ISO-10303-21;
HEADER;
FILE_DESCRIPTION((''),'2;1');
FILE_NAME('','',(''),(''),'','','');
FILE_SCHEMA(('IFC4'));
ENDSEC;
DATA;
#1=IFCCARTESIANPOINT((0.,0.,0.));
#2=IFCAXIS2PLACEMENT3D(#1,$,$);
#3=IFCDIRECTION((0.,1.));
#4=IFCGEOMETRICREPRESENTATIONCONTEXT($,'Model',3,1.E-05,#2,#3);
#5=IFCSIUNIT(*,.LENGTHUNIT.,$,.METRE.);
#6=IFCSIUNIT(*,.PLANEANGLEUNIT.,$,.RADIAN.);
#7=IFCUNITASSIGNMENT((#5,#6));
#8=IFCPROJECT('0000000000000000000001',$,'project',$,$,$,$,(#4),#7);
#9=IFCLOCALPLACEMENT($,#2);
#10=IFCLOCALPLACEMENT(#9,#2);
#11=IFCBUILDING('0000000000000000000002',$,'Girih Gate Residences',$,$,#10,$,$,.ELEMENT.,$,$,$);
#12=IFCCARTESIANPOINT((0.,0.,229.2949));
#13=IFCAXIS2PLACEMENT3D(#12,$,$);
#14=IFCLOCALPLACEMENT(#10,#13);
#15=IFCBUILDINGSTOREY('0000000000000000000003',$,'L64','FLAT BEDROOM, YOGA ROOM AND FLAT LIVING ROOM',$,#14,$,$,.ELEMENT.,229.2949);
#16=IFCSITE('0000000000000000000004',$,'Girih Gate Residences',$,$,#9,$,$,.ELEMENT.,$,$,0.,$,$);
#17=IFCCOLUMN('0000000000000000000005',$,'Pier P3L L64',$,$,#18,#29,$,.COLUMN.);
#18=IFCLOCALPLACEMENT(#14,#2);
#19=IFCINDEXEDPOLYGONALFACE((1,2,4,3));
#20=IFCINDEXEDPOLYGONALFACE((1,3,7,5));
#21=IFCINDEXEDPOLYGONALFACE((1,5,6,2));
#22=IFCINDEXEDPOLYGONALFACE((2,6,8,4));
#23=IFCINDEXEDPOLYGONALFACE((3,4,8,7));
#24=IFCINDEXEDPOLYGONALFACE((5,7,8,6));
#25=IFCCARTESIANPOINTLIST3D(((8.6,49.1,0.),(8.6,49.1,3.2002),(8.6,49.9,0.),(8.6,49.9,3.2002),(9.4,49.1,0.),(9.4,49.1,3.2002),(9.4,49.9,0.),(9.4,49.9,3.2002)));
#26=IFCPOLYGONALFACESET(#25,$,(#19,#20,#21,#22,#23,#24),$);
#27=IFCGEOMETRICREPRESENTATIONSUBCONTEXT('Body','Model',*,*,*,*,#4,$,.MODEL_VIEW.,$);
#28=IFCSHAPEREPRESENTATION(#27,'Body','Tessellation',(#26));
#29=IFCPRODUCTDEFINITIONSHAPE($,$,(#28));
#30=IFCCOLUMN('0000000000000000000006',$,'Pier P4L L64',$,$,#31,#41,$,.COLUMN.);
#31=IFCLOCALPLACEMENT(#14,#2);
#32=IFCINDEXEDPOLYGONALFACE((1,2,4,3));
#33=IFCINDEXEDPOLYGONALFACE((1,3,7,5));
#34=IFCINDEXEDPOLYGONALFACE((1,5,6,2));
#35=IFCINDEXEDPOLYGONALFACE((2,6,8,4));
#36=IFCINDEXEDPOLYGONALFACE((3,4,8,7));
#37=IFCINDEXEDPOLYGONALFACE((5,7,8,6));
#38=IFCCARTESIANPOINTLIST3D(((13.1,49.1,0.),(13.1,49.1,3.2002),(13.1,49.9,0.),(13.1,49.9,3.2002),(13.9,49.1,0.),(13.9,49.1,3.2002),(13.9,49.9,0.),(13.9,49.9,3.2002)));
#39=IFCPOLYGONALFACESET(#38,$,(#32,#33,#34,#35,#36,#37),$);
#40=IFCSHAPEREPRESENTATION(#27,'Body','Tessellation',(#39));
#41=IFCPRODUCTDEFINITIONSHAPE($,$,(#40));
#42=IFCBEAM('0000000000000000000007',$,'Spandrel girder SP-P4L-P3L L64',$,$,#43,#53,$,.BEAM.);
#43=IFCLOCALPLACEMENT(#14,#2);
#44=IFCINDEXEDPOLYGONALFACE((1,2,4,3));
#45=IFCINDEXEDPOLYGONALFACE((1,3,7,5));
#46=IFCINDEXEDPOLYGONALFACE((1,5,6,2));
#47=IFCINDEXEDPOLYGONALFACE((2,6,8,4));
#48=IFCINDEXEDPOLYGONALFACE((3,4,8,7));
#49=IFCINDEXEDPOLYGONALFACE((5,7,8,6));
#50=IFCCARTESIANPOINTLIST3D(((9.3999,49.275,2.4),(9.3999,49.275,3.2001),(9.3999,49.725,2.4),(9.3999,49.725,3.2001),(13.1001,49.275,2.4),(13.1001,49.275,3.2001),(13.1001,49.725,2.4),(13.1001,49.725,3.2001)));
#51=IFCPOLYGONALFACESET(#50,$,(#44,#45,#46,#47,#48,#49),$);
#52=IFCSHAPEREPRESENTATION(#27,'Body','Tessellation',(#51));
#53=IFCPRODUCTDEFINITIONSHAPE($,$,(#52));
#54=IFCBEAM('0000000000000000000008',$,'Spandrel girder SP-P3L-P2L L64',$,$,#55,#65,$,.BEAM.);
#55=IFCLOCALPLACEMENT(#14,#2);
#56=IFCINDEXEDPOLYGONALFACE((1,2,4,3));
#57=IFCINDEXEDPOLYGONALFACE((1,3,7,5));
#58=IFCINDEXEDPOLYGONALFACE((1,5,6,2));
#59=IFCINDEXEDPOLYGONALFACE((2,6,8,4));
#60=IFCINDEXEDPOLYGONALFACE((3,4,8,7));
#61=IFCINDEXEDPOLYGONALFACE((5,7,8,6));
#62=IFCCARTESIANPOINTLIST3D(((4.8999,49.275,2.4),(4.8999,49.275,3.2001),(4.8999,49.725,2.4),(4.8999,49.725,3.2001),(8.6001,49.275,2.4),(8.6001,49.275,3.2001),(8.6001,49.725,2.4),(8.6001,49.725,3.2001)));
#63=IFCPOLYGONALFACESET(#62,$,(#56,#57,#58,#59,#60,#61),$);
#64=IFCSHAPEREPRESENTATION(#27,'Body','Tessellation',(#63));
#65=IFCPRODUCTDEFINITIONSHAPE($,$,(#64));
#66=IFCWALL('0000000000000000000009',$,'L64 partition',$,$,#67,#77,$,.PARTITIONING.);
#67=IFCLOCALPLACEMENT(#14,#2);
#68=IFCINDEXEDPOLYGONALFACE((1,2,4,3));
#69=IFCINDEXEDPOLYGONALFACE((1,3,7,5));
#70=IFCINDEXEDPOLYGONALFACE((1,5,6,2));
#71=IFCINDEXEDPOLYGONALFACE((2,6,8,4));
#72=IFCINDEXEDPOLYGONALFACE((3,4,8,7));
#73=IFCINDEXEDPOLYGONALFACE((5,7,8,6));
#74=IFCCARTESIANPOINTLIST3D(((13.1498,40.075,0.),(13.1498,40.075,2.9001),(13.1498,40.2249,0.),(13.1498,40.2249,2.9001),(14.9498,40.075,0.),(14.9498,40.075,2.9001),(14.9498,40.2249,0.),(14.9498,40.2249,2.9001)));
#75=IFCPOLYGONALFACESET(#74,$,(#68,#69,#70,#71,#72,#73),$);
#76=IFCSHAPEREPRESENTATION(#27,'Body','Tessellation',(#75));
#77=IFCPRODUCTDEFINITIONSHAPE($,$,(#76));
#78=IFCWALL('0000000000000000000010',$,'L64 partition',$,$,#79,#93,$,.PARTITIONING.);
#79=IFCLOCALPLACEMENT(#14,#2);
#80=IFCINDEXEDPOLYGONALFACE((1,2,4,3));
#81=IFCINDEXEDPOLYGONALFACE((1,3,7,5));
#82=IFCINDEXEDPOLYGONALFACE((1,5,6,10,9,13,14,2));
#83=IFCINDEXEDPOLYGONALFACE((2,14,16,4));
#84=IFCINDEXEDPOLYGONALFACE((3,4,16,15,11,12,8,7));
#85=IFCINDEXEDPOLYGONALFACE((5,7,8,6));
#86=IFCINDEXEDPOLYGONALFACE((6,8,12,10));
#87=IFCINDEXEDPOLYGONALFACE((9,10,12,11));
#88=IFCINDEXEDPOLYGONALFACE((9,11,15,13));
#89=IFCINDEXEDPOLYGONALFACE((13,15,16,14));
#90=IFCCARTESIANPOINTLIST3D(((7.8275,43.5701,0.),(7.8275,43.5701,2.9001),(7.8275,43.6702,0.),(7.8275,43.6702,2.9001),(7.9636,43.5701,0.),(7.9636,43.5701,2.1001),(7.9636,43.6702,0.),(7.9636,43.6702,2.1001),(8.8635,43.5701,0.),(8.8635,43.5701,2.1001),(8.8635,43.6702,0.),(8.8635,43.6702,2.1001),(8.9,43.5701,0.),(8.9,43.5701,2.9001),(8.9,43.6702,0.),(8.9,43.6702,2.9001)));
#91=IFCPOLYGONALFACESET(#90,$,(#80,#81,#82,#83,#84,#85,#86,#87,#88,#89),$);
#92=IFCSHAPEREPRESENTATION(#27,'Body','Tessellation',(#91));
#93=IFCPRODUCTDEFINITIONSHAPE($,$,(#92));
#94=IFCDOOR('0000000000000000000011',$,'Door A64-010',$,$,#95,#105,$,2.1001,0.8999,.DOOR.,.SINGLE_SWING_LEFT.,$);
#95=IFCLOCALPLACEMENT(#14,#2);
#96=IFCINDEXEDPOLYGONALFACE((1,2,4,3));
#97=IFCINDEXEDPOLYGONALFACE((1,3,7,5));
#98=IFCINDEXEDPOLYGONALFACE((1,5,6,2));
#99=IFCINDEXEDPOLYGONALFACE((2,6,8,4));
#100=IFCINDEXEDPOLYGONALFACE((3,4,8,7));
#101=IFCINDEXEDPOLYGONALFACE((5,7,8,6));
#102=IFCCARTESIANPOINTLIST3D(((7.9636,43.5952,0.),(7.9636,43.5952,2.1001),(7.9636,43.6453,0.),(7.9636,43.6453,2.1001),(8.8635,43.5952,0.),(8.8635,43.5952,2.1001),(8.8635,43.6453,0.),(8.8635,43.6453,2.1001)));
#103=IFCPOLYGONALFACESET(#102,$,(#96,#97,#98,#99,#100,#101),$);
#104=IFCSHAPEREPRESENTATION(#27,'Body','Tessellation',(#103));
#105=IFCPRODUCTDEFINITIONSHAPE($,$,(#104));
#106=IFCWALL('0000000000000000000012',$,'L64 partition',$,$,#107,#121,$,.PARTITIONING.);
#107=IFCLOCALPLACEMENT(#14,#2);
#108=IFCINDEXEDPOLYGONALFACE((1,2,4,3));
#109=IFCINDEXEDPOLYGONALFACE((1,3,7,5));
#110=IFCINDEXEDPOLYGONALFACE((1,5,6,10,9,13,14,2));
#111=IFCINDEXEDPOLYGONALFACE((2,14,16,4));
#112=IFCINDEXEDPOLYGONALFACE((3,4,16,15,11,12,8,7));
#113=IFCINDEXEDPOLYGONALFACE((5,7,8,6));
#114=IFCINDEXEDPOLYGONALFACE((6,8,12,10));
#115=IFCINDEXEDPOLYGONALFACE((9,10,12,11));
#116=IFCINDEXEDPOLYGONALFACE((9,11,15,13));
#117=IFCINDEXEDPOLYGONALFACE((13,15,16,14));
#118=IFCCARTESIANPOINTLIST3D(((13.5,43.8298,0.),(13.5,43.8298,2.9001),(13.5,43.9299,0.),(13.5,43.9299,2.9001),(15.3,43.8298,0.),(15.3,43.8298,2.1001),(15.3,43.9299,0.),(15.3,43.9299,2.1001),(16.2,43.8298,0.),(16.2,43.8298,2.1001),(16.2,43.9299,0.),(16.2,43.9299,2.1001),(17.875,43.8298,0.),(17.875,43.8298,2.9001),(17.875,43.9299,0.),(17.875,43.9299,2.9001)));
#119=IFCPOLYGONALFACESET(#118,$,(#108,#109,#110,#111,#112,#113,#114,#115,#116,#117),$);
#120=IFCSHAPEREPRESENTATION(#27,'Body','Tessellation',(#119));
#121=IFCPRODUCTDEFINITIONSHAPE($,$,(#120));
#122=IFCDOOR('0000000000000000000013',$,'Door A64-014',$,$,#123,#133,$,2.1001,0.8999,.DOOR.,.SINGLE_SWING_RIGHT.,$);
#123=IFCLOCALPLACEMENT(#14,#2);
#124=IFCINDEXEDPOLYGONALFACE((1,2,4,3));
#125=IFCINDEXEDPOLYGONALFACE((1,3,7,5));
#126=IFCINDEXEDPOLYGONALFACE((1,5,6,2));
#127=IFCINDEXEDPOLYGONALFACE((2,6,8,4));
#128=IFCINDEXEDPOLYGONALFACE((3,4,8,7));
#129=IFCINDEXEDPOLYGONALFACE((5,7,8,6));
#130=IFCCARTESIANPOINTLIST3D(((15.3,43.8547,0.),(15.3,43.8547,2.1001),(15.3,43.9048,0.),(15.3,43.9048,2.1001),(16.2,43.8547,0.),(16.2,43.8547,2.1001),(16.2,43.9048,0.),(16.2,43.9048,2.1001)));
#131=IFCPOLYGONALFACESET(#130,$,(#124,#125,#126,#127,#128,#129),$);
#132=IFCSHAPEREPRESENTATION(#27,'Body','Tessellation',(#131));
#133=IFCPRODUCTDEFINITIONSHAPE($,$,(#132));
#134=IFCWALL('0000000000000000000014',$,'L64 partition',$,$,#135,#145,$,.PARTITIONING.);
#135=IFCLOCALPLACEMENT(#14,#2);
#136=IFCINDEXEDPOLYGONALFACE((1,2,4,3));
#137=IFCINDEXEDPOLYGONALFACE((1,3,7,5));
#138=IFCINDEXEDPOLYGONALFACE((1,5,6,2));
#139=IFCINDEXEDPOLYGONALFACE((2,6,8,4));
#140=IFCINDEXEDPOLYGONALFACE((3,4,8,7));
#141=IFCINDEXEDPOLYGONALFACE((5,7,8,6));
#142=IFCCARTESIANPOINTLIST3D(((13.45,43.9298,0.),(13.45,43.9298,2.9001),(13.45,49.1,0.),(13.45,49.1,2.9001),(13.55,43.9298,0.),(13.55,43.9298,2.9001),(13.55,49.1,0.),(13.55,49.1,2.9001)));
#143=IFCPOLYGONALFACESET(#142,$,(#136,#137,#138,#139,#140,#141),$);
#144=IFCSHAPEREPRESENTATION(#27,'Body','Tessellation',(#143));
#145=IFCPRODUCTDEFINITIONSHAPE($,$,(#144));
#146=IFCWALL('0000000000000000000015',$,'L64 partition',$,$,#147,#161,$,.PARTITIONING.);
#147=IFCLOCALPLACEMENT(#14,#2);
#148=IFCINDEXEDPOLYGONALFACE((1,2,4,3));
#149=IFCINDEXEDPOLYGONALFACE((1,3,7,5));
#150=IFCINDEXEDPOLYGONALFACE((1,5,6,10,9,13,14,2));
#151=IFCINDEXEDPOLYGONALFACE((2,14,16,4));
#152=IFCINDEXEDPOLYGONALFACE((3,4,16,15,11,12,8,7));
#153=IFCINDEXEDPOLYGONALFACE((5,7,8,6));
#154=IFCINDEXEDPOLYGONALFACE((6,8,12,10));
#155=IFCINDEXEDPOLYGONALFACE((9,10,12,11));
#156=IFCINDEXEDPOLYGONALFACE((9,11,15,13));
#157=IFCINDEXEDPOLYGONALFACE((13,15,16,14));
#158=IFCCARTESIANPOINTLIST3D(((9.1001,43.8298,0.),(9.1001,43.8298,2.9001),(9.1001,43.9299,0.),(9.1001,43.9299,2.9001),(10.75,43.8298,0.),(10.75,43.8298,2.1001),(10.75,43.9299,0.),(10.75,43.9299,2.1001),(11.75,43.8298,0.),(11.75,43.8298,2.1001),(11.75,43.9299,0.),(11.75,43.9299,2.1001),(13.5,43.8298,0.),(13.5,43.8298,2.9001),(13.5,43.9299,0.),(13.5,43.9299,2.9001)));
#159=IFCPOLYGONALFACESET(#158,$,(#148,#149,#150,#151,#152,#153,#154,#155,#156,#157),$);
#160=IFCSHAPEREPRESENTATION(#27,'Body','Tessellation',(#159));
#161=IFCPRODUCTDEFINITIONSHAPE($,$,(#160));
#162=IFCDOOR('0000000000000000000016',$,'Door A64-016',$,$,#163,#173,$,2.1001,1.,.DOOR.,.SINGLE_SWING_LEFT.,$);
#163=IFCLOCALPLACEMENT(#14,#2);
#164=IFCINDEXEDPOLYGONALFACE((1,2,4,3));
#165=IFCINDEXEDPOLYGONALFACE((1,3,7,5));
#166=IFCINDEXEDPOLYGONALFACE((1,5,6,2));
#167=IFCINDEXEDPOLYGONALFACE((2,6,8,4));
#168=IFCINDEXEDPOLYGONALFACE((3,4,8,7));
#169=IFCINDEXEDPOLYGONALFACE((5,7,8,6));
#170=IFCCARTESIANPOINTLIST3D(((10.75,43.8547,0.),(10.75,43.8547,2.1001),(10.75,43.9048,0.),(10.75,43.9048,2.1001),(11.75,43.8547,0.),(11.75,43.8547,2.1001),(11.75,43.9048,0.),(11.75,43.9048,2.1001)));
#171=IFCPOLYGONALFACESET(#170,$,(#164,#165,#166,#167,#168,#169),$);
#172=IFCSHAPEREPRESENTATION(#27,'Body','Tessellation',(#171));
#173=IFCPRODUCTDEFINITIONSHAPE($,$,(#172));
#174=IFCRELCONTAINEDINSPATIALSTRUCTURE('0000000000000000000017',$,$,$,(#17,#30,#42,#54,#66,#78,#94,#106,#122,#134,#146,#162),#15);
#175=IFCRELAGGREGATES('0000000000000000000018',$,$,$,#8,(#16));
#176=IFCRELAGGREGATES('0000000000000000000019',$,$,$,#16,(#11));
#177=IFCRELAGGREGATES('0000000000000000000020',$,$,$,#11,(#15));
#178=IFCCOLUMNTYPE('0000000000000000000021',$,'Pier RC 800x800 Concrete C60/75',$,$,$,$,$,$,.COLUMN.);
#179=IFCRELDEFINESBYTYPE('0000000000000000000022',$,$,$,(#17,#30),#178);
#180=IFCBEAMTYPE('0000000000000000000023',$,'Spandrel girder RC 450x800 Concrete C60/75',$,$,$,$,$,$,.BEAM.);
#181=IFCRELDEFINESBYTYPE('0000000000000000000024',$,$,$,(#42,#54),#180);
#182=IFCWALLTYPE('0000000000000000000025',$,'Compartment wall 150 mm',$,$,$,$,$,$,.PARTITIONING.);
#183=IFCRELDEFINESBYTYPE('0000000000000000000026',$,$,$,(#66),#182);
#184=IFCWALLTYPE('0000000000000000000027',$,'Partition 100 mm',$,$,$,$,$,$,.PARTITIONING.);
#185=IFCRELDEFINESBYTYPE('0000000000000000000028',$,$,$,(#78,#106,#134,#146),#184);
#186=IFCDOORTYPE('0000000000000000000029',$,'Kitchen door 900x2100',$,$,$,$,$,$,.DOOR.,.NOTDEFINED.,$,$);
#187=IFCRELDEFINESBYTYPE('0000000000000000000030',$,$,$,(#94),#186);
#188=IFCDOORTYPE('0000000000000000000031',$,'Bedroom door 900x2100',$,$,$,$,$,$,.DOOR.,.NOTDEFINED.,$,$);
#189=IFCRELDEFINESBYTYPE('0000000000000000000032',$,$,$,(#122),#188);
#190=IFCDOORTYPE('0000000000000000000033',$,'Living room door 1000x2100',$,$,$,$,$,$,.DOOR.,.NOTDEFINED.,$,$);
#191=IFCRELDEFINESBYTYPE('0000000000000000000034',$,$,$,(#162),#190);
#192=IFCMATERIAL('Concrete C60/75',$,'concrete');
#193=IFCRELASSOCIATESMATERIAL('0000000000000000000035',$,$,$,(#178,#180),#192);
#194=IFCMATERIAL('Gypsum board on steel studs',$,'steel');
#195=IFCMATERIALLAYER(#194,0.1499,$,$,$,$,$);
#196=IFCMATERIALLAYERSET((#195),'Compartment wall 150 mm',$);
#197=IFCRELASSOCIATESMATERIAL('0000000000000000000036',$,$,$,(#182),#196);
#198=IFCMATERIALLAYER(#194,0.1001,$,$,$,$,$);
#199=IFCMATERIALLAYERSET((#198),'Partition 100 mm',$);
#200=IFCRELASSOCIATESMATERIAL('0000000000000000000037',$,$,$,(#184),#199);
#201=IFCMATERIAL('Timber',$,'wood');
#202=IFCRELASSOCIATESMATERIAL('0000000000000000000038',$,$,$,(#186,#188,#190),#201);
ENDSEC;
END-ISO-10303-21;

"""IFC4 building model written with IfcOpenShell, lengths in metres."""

from ifc_helpers import new_model, si_unit, direction, frame, frame_2d, origin, origin_2d, place, context, subcontext, project, spatial, rectangle, extrude, material, layer, layer_set, material_profile, profile_set, type_object, element, fill, save


model = new_model("IFC4")

# Units and contexts
model_context = context("Model", 3, precision=1e-05, world=origin(), true_north=direction((0.0, 1.0)))
body_context = subcontext(model_context, "Body", "Model", "MODEL_VIEW")
ifc_project = project(units=[si_unit("LENGTHUNIT", "METRE"), si_unit("PLANEANGLEUNIT", "RADIAN")], contexts=[model_context])

# Site, building, storey
site_placement = place(None, origin())
site = spatial("IfcSite", under=ifc_project, at=site_placement, Name="Girih Gate Residences", CompositionType="ELEMENT", RefElevation=0.0)
building_placement = place(site_placement, origin())
building = spatial("IfcBuilding", under=site, at=building_placement, Name="Girih Gate Residences", CompositionType="ELEMENT")
storey_placement = place(building_placement, frame((0.0, 0.0, 229.2949)))
storey = spatial("IfcBuildingStorey", under=building, at=storey_placement, Name="L64", Description="FLAT BEDROOM, YOGA ROOM AND FLAT LIVING ROOM", CompositionType="ELEMENT", Elevation=229.2949)

# Columns
ifc_material_1 = material(Name="Concrete C60/75", Category="concrete")
ifc_material_profile_1 = material_profile(ifc_material_1, rectangle(XDim=0.8, YDim=0.8, at=origin_2d()))
ifc_profile_set_1 = profile_set([ifc_material_profile_1], Name="Concrete C60/75")
column_type = type_object("IfcColumnType", Name="Pier RC 800x800 Concrete C60/75", PredefinedType="COLUMN", material=ifc_profile_set_1)
for number, where, z_axis, x_axis, name in (
    (1, (9.0, 49.5, 0.0), (0.0, 0.0, 1.0), (1.0, 0.0, 0.0), "Pier P3L L64"),
    (2, (13.5, 49.5, 0.0), (0.0, 0.0, 1.0), (1.0, 0.0, 0.0), "Pier P4L L64"),
):
    element("IfcColumn", number, at=place(storey_placement, frame(where, z_axis=z_axis, x_axis=x_axis)), inside=storey, type_object=column_type, Name=name, PredefinedType="COLUMN", context=body_context, shape_type="SweptSolid", body=[
        extrude(rectangle(XDim=0.8, YDim=0.8, at=origin_2d()), origin(), (0.0, 0.0, 1.0), 3.2002),
    ])

# Beams
ifc_material_profile_2 = material_profile(ifc_material_1, rectangle(XDim=0.45, YDim=0.8, at=origin_2d()))
ifc_profile_set_2 = profile_set([ifc_material_profile_2], Name="Concrete C60/75")
beam_type = type_object("IfcBeamType", Name="Spandrel girder RC 450x800 Concrete C60/75", PredefinedType="BEAM", material=ifc_profile_set_2)
for number, where, z_axis, x_axis, name in (
    (3, (13.1001, 49.5, 2.8), (-1.0, 0.0, 0.0), (0.0, -1.0, 0.0), "Spandrel girder SP-P4L-P3L L64"),
    (4, (8.6001, 49.5, 2.8), (-1.0, 0.0, 0.0), (0.0, -1.0, 0.0), "Spandrel girder SP-P3L-P2L L64"),
):
    element("IfcBeam", number, at=place(storey_placement, frame(where, z_axis=z_axis, x_axis=x_axis)), inside=storey, type_object=beam_type, Name=name, PredefinedType="BEAM", context=body_context, shape_type="SweptSolid", body=[
        extrude(rectangle(XDim=0.45, YDim=0.8, at=origin_2d()), origin(), (0.0, 0.0, 1.0), 3.7002),
    ])

# Wall
ifc_material_2 = material(Name="Gypsum board on steel studs", Category="steel")
ifc_layer_1 = layer(ifc_material_2, 0.1499)
ifc_layer_set_1 = layer_set([ifc_layer_1], Name="Compartment wall 150 mm")
wall_type_1 = type_object("IfcWallType", Name="Compartment wall 150 mm", PredefinedType="PARTITIONING", material=ifc_layer_set_1)
wall_1_placement = place(storey_placement, frame((13.1499, 40.1499, 0.0), z_axis=(0.0, 0.0, 1.0), x_axis=(1.0, 0.0, 0.0)))
element("IfcWall", 5, at=wall_1_placement, inside=storey, type_object=wall_type_1, Name="L64 partition", PredefinedType="PARTITIONING", context=body_context, shape_type="SweptSolid", body=[
    extrude(rectangle(XDim=1.8, YDim=0.1499, at=frame_2d((0.8999, 0.0))), origin(), (0.0, 0.0, 1.0), 2.9001),
])

# Walls, openings, doors
ifc_layer_2 = layer(ifc_material_2, 0.1001)
ifc_layer_set_2 = layer_set([ifc_layer_2], Name="Partition 100 mm")
wall_type_2 = type_object("IfcWallType", Name="Partition 100 mm", PredefinedType="PARTITIONING", material=ifc_layer_set_2)
wall_2_placement = place(storey_placement, frame((8.8999, 43.6201, 0.0), z_axis=(0.0, 0.0, 1.0), x_axis=(-1.0, 0.0, 0.0)))
wall_2 = element("IfcWall", 6, at=wall_2_placement, inside=storey, type_object=wall_type_2, Name="L64 partition", PredefinedType="PARTITIONING", context=body_context, shape_type="SweptSolid", body=[
    extrude(rectangle(XDim=1.0725, YDim=0.1001, at=frame_2d((0.5361, 0.0))), origin(), (0.0, 0.0, 1.0), 2.9001),
])
opening_1_placement = place(wall_2_placement, frame((0.0364, 0.0, 0.0)))
opening_1 = element("IfcOpeningElement", 7, at=opening_1_placement, cuts=wall_2, PredefinedType="OPENING", context=body_context, shape_type="SweptSolid", body=[
    extrude(rectangle(XDim=0.8999, YDim=2.1001, at=frame_2d((0.45, 1.05))), frame((0.0, 0.0601, 0.0), z_axis=(0.0, -1.0, 0.0), x_axis=(1.0, 0.0, 0.0)), (0.0, 0.0, 1.0), 0.1201),
])
ifc_material_3 = material(Name="Timber", Category="wood")
door_type_1 = type_object("IfcDoorType", Name="Kitchen door 900x2100", OperationType="NOTDEFINED", PredefinedType="DOOR", material=ifc_material_3)
door_1_placement = place(opening_1_placement, origin())
door_1 = element("IfcDoor", 8, at=door_1_placement, inside=storey, type_object=door_type_1, Name="Door A64-010", OperationType="SINGLE_SWING_LEFT", OverallHeight=2.1001, OverallWidth=0.8999, PredefinedType="DOOR", context=body_context, shape_type="SweptSolid", body=[
    extrude(rectangle(XDim=0.8999, YDim=2.1001, at=frame_2d((0.45, 1.05))), frame((0.0, 0.0249, 0.0), z_axis=(0.0, -1.0, 0.0), x_axis=(1.0, 0.0, 0.0)), (0.0, 0.0, 1.0), 0.05),
])
fill(opening_1, door_1)
wall_3_placement = place(storey_placement, frame((13.5, 43.8799, 0.0), z_axis=(0.0, 0.0, 1.0), x_axis=(1.0, 0.0, 0.0)))
wall_3 = element("IfcWall", 9, at=wall_3_placement, inside=storey, type_object=wall_type_2, Name="L64 partition", PredefinedType="PARTITIONING", context=body_context, shape_type="SweptSolid", body=[
    extrude(rectangle(XDim=4.375, YDim=0.1001, at=frame_2d((2.1875, 0.0))), origin(), (0.0, 0.0, 1.0), 2.9001),
])
opening_2_placement = place(wall_3_placement, frame((1.8, 0.0, 0.0)))
opening_2 = element("IfcOpeningElement", 10, at=opening_2_placement, cuts=wall_3, PredefinedType="OPENING", context=body_context, shape_type="SweptSolid", body=[
    extrude(rectangle(XDim=0.8999, YDim=2.1001, at=frame_2d((0.45, 1.05))), frame((0.0, 0.0601, 0.0), z_axis=(0.0, -1.0, 0.0), x_axis=(1.0, 0.0, 0.0)), (0.0, 0.0, 1.0), 0.1201),
])
door_type_2 = type_object("IfcDoorType", Name="Bedroom door 900x2100", OperationType="NOTDEFINED", PredefinedType="DOOR", material=ifc_material_3)
door_2_placement = place(opening_2_placement, origin())
door_2 = element("IfcDoor", 11, at=door_2_placement, inside=storey, type_object=door_type_2, Name="Door A64-014", OperationType="SINGLE_SWING_RIGHT", OverallHeight=2.1001, OverallWidth=0.8999, PredefinedType="DOOR", context=body_context, shape_type="SweptSolid", body=[
    extrude(rectangle(XDim=0.8999, YDim=2.1001, at=frame_2d((0.45, 1.05))), frame((0.0, 0.0249, 0.0), z_axis=(0.0, -1.0, 0.0), x_axis=(1.0, 0.0, 0.0)), (0.0, 0.0, 1.0), 0.05),
])
fill(opening_2, door_2)

# Wall
wall_4_placement = place(storey_placement, frame((13.5, 43.9299, 0.0), z_axis=(0.0, 0.0, 1.0), x_axis=(0.0, 1.0, 0.0)))
element("IfcWall", 12, at=wall_4_placement, inside=storey, type_object=wall_type_2, Name="L64 partition", PredefinedType="PARTITIONING", context=body_context, shape_type="SweptSolid", body=[
    extrude(rectangle(XDim=5.1702, YDim=0.1001, at=frame_2d((2.585, 0.0))), origin(), (0.0, 0.0, 1.0), 2.9001),
])

# Wall, opening, door
wall_5_placement = place(storey_placement, frame((9.1001, 43.8799, 0.0), z_axis=(0.0, 0.0, 1.0), x_axis=(1.0, 0.0, 0.0)))
wall_5 = element("IfcWall", 13, at=wall_5_placement, inside=storey, type_object=wall_type_2, Name="L64 partition", PredefinedType="PARTITIONING", context=body_context, shape_type="SweptSolid", body=[
    extrude(rectangle(XDim=4.3999, YDim=0.1001, at=frame_2d((2.2, 0.0))), origin(), (0.0, 0.0, 1.0), 2.9001),
])
opening_3_placement = place(wall_5_placement, frame((1.6499, 0.0, 0.0)))
opening_3 = element("IfcOpeningElement", 14, at=opening_3_placement, cuts=wall_5, PredefinedType="OPENING", context=body_context, shape_type="SweptSolid", body=[
    extrude(rectangle(XDim=1.0, YDim=2.1001, at=frame_2d((0.5, 1.05))), frame((0.0, 0.0601, 0.0), z_axis=(0.0, -1.0, 0.0), x_axis=(1.0, 0.0, 0.0)), (0.0, 0.0, 1.0), 0.1201),
])
door_type_3 = type_object("IfcDoorType", Name="Living room door 1000x2100", OperationType="NOTDEFINED", PredefinedType="DOOR", material=ifc_material_3)
door_3_placement = place(opening_3_placement, origin())
door_3 = element("IfcDoor", 15, at=door_3_placement, inside=storey, type_object=door_type_3, Name="Door A64-016", OperationType="SINGLE_SWING_LEFT", OverallHeight=2.1001, OverallWidth=1.0, PredefinedType="DOOR", context=body_context, shape_type="SweptSolid", body=[
    extrude(rectangle(XDim=1.0, YDim=2.1001, at=frame_2d((0.5, 1.05))), frame((0.0, 0.0249, 0.0), z_axis=(0.0, -1.0, 0.0), x_axis=(1.0, 0.0, 0.0)), (0.0, 0.0, 1.0), 0.05),
])
fill(opening_3, door_3)

save(model, "model.ifc")
